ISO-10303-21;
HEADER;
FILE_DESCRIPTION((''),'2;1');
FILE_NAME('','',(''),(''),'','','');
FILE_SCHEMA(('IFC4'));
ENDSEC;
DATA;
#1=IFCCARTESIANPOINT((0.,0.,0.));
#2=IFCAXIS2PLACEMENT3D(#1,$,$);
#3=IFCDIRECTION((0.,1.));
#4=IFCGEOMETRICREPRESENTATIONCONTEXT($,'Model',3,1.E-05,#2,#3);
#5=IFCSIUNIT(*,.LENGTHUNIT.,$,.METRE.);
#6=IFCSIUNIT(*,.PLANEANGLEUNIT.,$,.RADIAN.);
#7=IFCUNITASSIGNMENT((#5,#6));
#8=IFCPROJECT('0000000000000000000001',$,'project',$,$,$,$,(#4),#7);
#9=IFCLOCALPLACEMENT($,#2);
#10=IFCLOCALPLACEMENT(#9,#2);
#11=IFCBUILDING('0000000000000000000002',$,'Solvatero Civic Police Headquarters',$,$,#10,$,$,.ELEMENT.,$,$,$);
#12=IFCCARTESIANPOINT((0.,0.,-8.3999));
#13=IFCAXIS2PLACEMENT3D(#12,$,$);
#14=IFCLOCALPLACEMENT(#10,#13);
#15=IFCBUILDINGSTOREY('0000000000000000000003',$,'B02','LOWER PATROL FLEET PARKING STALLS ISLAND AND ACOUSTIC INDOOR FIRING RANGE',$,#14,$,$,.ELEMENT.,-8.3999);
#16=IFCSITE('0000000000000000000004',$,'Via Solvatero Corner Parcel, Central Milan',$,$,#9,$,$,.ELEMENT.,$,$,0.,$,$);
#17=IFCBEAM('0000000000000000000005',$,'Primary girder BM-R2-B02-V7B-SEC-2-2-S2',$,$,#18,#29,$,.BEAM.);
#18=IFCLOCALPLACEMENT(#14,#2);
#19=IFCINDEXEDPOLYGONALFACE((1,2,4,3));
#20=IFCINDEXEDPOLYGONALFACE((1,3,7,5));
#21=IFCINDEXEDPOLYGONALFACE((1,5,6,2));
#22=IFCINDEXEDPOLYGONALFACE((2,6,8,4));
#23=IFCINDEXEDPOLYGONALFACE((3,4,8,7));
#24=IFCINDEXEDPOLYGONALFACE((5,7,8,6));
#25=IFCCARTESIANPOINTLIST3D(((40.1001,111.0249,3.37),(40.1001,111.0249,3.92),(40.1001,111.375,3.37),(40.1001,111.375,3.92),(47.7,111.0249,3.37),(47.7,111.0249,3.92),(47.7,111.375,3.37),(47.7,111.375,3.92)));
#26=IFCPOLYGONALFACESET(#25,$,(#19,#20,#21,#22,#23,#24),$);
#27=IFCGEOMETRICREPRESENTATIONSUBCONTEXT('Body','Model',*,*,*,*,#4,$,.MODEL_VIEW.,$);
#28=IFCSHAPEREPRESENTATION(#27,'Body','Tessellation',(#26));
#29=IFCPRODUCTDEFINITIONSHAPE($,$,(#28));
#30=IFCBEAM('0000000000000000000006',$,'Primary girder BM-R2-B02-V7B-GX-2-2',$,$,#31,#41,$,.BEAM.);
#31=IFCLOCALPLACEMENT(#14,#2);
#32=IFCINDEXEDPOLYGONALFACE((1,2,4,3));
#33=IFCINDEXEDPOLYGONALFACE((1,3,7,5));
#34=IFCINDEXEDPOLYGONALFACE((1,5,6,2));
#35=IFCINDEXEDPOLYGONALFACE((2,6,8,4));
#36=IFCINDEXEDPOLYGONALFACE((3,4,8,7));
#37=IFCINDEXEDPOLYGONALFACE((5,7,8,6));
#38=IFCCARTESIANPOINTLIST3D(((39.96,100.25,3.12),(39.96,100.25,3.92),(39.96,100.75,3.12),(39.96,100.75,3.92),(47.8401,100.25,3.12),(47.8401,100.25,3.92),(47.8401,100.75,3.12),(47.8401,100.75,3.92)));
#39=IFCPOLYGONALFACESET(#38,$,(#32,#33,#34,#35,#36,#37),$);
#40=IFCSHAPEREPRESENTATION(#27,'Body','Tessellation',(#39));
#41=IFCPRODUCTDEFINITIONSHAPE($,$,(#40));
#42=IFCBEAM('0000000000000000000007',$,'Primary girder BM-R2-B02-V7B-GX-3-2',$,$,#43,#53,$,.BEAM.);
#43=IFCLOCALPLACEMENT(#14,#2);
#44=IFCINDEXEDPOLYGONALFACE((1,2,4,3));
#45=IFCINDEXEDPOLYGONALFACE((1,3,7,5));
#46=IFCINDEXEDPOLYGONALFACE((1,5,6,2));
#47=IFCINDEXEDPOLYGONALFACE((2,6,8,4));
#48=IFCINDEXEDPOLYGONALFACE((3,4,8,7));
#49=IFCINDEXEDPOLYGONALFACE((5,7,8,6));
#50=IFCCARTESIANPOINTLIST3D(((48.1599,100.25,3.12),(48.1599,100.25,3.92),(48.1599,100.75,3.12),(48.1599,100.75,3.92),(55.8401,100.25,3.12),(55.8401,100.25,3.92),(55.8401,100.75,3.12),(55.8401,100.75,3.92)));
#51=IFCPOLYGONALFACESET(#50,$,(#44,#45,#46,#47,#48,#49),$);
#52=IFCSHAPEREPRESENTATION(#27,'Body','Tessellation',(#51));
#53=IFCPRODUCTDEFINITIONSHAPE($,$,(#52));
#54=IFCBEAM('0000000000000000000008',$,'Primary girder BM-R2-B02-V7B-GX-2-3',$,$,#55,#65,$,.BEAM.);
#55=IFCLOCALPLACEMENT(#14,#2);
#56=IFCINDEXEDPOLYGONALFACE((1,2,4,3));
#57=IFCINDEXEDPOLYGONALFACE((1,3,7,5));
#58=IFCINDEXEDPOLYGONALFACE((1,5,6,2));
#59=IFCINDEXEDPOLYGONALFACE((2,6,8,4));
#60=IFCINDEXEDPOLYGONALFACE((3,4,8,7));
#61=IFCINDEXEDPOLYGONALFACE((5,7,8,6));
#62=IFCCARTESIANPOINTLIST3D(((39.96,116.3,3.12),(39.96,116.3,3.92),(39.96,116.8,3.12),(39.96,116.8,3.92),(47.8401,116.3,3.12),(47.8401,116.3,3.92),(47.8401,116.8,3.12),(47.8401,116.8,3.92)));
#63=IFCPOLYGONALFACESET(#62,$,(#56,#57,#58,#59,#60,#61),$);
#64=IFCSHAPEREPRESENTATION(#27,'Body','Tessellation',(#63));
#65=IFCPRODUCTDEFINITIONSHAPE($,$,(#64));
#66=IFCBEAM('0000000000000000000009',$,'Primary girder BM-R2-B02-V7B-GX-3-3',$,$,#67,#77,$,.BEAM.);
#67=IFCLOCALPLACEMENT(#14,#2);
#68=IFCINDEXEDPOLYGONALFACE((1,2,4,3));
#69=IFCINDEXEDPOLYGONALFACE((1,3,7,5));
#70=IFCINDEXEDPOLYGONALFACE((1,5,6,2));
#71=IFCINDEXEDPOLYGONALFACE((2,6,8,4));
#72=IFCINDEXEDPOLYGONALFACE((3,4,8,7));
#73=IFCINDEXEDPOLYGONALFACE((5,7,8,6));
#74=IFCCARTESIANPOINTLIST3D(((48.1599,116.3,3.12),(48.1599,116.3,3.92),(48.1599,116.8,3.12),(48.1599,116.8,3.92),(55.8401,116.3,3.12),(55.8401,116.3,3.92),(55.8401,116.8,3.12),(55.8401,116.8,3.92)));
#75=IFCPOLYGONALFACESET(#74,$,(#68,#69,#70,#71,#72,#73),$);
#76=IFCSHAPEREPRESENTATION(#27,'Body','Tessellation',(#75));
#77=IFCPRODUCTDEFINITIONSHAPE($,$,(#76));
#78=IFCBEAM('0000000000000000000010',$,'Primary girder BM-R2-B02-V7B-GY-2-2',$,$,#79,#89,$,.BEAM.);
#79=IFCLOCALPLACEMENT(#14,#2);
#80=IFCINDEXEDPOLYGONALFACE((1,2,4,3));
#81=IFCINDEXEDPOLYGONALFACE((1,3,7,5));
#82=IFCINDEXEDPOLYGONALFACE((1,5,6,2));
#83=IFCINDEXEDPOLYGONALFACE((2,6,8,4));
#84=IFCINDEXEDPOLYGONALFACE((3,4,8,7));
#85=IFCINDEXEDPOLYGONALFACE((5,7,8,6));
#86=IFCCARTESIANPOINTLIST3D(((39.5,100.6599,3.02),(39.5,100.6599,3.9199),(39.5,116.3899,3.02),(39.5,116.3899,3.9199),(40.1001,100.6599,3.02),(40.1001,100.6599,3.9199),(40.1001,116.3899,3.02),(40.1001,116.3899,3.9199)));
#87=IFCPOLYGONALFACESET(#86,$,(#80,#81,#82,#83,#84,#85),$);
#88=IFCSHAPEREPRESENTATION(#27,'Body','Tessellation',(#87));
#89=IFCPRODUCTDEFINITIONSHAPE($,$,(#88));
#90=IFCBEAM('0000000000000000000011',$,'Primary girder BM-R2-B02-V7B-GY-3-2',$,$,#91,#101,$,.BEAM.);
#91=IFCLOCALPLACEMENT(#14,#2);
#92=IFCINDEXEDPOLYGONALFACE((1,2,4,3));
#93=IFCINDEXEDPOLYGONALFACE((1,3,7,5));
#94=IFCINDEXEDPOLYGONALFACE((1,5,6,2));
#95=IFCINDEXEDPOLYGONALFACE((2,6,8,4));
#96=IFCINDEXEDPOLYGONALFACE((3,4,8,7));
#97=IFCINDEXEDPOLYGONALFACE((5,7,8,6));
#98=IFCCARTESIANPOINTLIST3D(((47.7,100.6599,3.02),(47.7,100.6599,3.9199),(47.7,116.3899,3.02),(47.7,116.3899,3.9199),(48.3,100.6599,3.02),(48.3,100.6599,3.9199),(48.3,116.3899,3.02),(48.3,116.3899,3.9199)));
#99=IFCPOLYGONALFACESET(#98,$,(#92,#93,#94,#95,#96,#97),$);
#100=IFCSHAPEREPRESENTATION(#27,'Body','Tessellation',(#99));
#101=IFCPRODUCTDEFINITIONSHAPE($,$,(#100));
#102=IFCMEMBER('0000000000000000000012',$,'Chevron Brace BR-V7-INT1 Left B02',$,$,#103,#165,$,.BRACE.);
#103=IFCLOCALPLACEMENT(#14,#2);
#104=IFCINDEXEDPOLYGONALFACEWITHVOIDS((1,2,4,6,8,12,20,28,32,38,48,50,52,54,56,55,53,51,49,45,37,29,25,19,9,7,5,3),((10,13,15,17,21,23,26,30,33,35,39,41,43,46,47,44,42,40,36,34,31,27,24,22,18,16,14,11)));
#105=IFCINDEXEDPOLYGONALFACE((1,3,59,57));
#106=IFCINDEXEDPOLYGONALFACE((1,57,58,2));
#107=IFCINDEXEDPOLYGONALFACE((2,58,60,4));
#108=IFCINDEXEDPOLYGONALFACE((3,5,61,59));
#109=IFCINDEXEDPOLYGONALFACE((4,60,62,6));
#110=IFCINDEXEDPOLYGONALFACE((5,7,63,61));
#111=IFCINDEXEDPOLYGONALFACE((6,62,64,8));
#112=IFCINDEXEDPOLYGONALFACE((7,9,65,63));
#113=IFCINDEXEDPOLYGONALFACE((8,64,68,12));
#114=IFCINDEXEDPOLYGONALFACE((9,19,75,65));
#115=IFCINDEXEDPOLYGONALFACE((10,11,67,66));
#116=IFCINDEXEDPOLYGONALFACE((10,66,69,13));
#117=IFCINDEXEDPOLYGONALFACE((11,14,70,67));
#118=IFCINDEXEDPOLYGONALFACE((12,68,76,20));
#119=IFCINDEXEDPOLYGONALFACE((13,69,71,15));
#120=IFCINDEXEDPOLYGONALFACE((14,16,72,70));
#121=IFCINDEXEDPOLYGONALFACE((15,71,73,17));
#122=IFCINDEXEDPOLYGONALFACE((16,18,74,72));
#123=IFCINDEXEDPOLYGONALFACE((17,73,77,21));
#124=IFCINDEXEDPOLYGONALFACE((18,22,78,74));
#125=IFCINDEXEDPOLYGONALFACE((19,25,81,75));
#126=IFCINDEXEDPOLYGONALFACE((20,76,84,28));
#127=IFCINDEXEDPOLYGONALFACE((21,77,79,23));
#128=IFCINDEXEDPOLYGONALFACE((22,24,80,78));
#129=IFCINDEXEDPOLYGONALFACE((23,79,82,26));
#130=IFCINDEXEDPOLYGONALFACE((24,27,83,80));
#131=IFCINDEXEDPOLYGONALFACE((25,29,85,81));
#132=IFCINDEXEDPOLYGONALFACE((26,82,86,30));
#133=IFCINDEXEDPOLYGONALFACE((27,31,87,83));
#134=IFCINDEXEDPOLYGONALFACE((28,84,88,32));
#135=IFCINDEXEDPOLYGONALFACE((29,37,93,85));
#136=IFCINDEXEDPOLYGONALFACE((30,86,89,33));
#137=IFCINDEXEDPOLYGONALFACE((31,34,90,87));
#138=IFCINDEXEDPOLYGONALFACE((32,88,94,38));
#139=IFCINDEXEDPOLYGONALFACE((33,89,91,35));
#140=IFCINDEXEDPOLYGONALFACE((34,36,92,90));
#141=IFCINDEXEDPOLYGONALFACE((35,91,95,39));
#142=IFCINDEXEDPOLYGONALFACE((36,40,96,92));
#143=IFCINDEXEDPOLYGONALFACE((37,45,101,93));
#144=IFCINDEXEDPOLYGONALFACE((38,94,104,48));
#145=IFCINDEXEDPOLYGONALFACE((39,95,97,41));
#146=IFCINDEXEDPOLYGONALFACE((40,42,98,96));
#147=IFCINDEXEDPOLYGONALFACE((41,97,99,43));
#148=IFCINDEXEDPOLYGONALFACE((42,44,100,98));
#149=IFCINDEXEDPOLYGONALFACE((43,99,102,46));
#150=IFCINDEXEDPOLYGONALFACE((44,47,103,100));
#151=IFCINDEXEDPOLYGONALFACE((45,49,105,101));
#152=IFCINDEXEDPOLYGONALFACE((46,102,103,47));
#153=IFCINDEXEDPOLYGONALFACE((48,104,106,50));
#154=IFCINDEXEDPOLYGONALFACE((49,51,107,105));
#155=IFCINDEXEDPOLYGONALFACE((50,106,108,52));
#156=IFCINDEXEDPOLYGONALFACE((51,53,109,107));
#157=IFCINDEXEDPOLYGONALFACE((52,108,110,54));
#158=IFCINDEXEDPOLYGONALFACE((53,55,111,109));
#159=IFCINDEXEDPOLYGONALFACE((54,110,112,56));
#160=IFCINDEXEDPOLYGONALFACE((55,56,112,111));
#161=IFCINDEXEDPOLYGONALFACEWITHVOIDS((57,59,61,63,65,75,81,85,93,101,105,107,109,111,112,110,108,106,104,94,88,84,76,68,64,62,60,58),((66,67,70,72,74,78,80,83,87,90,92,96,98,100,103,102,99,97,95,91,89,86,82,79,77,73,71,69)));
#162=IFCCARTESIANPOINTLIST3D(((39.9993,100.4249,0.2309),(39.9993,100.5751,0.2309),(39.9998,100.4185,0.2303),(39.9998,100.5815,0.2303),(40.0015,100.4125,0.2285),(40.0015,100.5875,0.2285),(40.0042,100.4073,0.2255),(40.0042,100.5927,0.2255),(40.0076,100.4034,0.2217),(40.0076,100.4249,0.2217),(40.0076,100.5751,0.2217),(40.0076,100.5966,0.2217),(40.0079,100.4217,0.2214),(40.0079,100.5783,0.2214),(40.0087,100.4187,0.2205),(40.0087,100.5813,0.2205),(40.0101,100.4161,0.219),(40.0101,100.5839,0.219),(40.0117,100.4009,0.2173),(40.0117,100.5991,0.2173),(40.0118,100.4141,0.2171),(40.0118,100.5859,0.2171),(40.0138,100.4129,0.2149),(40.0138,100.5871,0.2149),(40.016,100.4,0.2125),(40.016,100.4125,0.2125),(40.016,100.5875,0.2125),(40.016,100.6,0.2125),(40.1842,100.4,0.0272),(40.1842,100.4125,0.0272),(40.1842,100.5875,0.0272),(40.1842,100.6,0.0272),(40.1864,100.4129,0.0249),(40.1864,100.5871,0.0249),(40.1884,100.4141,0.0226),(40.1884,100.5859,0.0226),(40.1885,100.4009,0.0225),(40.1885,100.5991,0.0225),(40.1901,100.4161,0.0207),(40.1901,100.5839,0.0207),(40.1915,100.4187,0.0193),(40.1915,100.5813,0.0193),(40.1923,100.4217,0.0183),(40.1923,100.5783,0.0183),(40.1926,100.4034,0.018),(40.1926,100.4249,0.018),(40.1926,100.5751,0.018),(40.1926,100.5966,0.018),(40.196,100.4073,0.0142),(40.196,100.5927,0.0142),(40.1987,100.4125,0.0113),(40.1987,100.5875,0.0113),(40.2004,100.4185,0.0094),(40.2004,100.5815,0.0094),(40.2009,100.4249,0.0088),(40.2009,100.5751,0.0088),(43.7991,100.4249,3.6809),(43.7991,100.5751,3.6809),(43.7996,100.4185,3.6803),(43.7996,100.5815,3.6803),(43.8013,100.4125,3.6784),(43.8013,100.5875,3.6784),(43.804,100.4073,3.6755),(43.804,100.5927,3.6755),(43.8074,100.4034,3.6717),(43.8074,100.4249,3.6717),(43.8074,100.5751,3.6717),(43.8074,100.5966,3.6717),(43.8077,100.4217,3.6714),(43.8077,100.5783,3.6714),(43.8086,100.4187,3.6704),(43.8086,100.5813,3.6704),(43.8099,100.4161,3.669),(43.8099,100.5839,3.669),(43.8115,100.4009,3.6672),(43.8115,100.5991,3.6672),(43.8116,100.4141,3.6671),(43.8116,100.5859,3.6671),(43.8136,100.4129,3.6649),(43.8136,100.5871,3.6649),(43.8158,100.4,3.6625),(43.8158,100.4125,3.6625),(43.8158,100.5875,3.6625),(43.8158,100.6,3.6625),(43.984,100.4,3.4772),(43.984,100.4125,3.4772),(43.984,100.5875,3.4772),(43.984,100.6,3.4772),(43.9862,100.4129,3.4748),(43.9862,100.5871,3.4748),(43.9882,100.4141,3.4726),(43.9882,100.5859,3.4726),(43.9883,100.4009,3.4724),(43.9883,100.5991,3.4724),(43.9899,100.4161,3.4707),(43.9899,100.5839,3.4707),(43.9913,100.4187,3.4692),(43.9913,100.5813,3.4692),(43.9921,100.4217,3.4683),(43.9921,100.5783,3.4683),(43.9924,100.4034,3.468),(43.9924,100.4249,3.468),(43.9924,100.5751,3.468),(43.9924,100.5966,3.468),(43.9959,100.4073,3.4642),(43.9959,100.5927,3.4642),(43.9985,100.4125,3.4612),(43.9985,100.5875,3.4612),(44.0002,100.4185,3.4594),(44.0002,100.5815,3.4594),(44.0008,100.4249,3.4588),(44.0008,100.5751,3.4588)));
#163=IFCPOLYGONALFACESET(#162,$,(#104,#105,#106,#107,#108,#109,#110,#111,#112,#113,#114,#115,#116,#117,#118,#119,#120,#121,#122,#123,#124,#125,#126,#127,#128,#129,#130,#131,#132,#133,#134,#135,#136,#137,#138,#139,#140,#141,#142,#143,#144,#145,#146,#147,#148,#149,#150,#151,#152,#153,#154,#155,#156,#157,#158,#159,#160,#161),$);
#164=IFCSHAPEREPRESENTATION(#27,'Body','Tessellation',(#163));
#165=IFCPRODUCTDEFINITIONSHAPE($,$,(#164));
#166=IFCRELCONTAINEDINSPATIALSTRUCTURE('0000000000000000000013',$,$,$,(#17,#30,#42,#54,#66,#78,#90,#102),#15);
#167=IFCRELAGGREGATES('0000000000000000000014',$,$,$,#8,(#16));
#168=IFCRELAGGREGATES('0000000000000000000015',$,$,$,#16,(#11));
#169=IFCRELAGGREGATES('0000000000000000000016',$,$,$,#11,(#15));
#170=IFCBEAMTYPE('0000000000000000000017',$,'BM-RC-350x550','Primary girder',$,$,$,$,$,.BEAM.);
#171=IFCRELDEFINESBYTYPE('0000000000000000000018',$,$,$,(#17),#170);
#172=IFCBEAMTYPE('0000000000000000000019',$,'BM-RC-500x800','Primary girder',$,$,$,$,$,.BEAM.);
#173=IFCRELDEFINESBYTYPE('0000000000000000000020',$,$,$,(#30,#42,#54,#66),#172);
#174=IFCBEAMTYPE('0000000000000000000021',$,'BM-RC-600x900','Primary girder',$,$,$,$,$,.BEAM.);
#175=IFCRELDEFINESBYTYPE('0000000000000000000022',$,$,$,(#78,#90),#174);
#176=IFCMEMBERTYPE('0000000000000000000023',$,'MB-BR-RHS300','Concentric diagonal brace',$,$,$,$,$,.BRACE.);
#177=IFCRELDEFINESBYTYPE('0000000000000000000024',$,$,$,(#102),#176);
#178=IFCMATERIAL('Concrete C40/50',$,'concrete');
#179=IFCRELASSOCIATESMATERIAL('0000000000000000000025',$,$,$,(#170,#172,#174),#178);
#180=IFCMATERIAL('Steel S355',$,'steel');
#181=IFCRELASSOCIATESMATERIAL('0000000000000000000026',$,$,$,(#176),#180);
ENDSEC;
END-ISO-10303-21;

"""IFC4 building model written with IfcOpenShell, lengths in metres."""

from ifc_helpers import new_model, si_unit, direction, frame, origin, origin_2d, place, context, subcontext, project, spatial, rectangle, hollow_rectangle, extrude, material, material_profile, profile_set, type_object, element, save


model = new_model("IFC4")

# Units and contexts
model_context = context("Model", 3, precision=1e-05, world=origin(), true_north=direction((0.0, 1.0)))
body_context = subcontext(model_context, "Body", "Model", "MODEL_VIEW")
ifc_project = project(units=[si_unit("LENGTHUNIT", "METRE"), si_unit("PLANEANGLEUNIT", "RADIAN")], contexts=[model_context])

# Site, building, storey
site_placement = place(None, origin())
site = spatial("IfcSite", under=ifc_project, at=site_placement, Name="Via Solvatero Corner Parcel, Central Milan", CompositionType="ELEMENT", RefElevation=0.0)
building_placement = place(site_placement, origin())
building = spatial("IfcBuilding", under=site, at=building_placement, Name="Solvatero Civic Police Headquarters", CompositionType="ELEMENT")
storey_placement = place(building_placement, frame((0.0, 0.0, -8.3999)))
storey = spatial("IfcBuildingStorey", under=building, at=storey_placement, Name="B02", Description="LOWER PATROL FLEET PARKING STALLS ISLAND AND ACOUSTIC INDOOR FIRING RANGE", CompositionType="ELEMENT", Elevation=-8.3999)

# Shared definitions
ifc_material_1 = material(Name="Concrete C40/50", Category="concrete")

# Beams
ifc_material_profile_1 = material_profile(ifc_material_1, rectangle(XDim=0.3501, YDim=0.55, at=origin_2d()), Name="RC 350x550")
ifc_profile_set_1 = profile_set([ifc_material_profile_1], Name="Concrete C40/50")
beam_type_1 = type_object("IfcBeamType", Name="BM-RC-350x550", Description="Primary girder", PredefinedType="BEAM", material=ifc_profile_set_1)
for number, where, z_axis, x_axis, name in (
    (1, (40.1001, 111.2, 3.645), (1.0, 0.0, 0.0), (0.0, 1.0, 0.0), "Primary girder BM-R2-B02-V7B-SEC-2-2-S2"),
):
    element("IfcBeam", number, at=place(storey_placement, frame(where, z_axis=z_axis, x_axis=x_axis)), inside=storey, type_object=beam_type_1, Name=name, PredefinedType="BEAM", context=body_context, shape_type="SweptSolid", body=[
        extrude(rectangle(XDim=0.3501, YDim=0.55, at=origin_2d()), origin(), (0.0, 0.0, 1.0), 7.5999),
    ])
ifc_material_profile_2 = material_profile(ifc_material_1, rectangle(XDim=0.5, YDim=0.8, at=origin_2d()), Name="RC 500x800")
ifc_profile_set_2 = profile_set([ifc_material_profile_2], Name="Concrete C40/50")
beam_type_2 = type_object("IfcBeamType", Name="BM-RC-500x800", Description="Primary girder", PredefinedType="BEAM", material=ifc_profile_set_2)
beam_1_placement = place(storey_placement, frame((39.96, 100.5, 3.52), z_axis=(1.0, 0.0, 0.0), x_axis=(0.0, 1.0, 0.0)))
element("IfcBeam", 2, at=beam_1_placement, inside=storey, type_object=beam_type_2, Name="Primary girder BM-R2-B02-V7B-GX-2-2", PredefinedType="BEAM", context=body_context, shape_type="SweptSolid", body=[
    extrude(rectangle(XDim=0.5, YDim=0.8, at=origin_2d()), origin(), (0.0, 0.0, 1.0), 7.8801),
])
beam_2_placement = place(storey_placement, frame((48.1599, 100.5, 3.52), z_axis=(1.0, 0.0, 0.0), x_axis=(0.0, 1.0, 0.0)))
element("IfcBeam", 3, at=beam_2_placement, inside=storey, type_object=beam_type_2, Name="Primary girder BM-R2-B02-V7B-GX-3-2", PredefinedType="BEAM", context=body_context, shape_type="SweptSolid", body=[
    extrude(rectangle(XDim=0.5, YDim=0.8, at=origin_2d()), origin(), (0.0, 0.0, 1.0), 7.6802),
])
beam_3_placement = place(storey_placement, frame((39.96, 116.55, 3.52), z_axis=(1.0, 0.0, 0.0), x_axis=(0.0, 1.0, 0.0)))
element("IfcBeam", 4, at=beam_3_placement, inside=storey, type_object=beam_type_2, Name="Primary girder BM-R2-B02-V7B-GX-2-3", PredefinedType="BEAM", context=body_context, shape_type="SweptSolid", body=[
    extrude(rectangle(XDim=0.5, YDim=0.8, at=origin_2d()), origin(), (0.0, 0.0, 1.0), 7.8801),
])
beam_4_placement = place(storey_placement, frame((48.1599, 116.55, 3.52), z_axis=(1.0, 0.0, 0.0), x_axis=(0.0, 1.0, 0.0)))
element("IfcBeam", 5, at=beam_4_placement, inside=storey, type_object=beam_type_2, Name="Primary girder BM-R2-B02-V7B-GX-3-3", PredefinedType="BEAM", context=body_context, shape_type="SweptSolid", body=[
    extrude(rectangle(XDim=0.5, YDim=0.8, at=origin_2d()), origin(), (0.0, 0.0, 1.0), 7.6802),
])
ifc_material_profile_3 = material_profile(ifc_material_1, rectangle(XDim=0.6001, YDim=0.8999, at=origin_2d()), Name="RC 600x900")
ifc_profile_set_3 = profile_set([ifc_material_profile_3], Name="Concrete C40/50")
beam_type_3 = type_object("IfcBeamType", Name="BM-RC-600x900", Description="Primary girder", PredefinedType="BEAM", material=ifc_profile_set_3)
for number, where, z_axis, x_axis, name in (
    (6, (39.8, 100.6599, 3.47), (0.0, 1.0, 0.0), (-1.0, 0.0, 0.0), "Primary girder BM-R2-B02-V7B-GY-2-2"),
    (7, (48.0, 100.6599, 3.47), (0.0, 1.0, 0.0), (-1.0, 0.0, 0.0), "Primary girder BM-R2-B02-V7B-GY-3-2"),
):
    element("IfcBeam", number, at=place(storey_placement, frame(where, z_axis=z_axis, x_axis=x_axis)), inside=storey, type_object=beam_type_3, Name=name, PredefinedType="BEAM", context=body_context, shape_type="SweptSolid", body=[
        extrude(rectangle(XDim=0.6001, YDim=0.8999, at=origin_2d()), origin(), (0.0, 0.0, 1.0), 15.73),
    ])

# Member
ifc_material_2 = material(Name="Steel S355", Category="steel")
ifc_material_profile_4 = material_profile(ifc_material_2, hollow_rectangle(XDim=0.2, YDim=0.3, WallThickness=0.0125, InnerFilletRadius=0.0125, OuterFilletRadius=0.0249, at=origin_2d()), Name="RHS 300x200x12.5")
ifc_profile_set_4 = profile_set([ifc_material_profile_4], Name="Steel S355")
member_type = type_object("IfcMemberType", Name="MB-BR-RHS300", Description="Concentric diagonal brace", PredefinedType="BRACE", material=ifc_profile_set_4)
member_1_placement = place(storey_placement, frame((40.1001, 100.5, 0.1199), z_axis=(0.740368, 0.0, 0.672201), x_axis=(0.0, 1.0, 0.0)))
element("IfcMember", 8, at=member_1_placement, inside=storey, type_object=member_type, Name="Chevron Brace BR-V7-INT1 Left B02", PredefinedType="BRACE", context=body_context, shape_type="SweptSolid", body=[
    extrude(hollow_rectangle(XDim=0.2, YDim=0.3, WallThickness=0.0125, InnerFilletRadius=0.0125, OuterFilletRadius=0.0249, at=origin_2d()), origin(), (0.0, 0.0, 1.0), 5.1323),
])

save(model, "model.ifc")
